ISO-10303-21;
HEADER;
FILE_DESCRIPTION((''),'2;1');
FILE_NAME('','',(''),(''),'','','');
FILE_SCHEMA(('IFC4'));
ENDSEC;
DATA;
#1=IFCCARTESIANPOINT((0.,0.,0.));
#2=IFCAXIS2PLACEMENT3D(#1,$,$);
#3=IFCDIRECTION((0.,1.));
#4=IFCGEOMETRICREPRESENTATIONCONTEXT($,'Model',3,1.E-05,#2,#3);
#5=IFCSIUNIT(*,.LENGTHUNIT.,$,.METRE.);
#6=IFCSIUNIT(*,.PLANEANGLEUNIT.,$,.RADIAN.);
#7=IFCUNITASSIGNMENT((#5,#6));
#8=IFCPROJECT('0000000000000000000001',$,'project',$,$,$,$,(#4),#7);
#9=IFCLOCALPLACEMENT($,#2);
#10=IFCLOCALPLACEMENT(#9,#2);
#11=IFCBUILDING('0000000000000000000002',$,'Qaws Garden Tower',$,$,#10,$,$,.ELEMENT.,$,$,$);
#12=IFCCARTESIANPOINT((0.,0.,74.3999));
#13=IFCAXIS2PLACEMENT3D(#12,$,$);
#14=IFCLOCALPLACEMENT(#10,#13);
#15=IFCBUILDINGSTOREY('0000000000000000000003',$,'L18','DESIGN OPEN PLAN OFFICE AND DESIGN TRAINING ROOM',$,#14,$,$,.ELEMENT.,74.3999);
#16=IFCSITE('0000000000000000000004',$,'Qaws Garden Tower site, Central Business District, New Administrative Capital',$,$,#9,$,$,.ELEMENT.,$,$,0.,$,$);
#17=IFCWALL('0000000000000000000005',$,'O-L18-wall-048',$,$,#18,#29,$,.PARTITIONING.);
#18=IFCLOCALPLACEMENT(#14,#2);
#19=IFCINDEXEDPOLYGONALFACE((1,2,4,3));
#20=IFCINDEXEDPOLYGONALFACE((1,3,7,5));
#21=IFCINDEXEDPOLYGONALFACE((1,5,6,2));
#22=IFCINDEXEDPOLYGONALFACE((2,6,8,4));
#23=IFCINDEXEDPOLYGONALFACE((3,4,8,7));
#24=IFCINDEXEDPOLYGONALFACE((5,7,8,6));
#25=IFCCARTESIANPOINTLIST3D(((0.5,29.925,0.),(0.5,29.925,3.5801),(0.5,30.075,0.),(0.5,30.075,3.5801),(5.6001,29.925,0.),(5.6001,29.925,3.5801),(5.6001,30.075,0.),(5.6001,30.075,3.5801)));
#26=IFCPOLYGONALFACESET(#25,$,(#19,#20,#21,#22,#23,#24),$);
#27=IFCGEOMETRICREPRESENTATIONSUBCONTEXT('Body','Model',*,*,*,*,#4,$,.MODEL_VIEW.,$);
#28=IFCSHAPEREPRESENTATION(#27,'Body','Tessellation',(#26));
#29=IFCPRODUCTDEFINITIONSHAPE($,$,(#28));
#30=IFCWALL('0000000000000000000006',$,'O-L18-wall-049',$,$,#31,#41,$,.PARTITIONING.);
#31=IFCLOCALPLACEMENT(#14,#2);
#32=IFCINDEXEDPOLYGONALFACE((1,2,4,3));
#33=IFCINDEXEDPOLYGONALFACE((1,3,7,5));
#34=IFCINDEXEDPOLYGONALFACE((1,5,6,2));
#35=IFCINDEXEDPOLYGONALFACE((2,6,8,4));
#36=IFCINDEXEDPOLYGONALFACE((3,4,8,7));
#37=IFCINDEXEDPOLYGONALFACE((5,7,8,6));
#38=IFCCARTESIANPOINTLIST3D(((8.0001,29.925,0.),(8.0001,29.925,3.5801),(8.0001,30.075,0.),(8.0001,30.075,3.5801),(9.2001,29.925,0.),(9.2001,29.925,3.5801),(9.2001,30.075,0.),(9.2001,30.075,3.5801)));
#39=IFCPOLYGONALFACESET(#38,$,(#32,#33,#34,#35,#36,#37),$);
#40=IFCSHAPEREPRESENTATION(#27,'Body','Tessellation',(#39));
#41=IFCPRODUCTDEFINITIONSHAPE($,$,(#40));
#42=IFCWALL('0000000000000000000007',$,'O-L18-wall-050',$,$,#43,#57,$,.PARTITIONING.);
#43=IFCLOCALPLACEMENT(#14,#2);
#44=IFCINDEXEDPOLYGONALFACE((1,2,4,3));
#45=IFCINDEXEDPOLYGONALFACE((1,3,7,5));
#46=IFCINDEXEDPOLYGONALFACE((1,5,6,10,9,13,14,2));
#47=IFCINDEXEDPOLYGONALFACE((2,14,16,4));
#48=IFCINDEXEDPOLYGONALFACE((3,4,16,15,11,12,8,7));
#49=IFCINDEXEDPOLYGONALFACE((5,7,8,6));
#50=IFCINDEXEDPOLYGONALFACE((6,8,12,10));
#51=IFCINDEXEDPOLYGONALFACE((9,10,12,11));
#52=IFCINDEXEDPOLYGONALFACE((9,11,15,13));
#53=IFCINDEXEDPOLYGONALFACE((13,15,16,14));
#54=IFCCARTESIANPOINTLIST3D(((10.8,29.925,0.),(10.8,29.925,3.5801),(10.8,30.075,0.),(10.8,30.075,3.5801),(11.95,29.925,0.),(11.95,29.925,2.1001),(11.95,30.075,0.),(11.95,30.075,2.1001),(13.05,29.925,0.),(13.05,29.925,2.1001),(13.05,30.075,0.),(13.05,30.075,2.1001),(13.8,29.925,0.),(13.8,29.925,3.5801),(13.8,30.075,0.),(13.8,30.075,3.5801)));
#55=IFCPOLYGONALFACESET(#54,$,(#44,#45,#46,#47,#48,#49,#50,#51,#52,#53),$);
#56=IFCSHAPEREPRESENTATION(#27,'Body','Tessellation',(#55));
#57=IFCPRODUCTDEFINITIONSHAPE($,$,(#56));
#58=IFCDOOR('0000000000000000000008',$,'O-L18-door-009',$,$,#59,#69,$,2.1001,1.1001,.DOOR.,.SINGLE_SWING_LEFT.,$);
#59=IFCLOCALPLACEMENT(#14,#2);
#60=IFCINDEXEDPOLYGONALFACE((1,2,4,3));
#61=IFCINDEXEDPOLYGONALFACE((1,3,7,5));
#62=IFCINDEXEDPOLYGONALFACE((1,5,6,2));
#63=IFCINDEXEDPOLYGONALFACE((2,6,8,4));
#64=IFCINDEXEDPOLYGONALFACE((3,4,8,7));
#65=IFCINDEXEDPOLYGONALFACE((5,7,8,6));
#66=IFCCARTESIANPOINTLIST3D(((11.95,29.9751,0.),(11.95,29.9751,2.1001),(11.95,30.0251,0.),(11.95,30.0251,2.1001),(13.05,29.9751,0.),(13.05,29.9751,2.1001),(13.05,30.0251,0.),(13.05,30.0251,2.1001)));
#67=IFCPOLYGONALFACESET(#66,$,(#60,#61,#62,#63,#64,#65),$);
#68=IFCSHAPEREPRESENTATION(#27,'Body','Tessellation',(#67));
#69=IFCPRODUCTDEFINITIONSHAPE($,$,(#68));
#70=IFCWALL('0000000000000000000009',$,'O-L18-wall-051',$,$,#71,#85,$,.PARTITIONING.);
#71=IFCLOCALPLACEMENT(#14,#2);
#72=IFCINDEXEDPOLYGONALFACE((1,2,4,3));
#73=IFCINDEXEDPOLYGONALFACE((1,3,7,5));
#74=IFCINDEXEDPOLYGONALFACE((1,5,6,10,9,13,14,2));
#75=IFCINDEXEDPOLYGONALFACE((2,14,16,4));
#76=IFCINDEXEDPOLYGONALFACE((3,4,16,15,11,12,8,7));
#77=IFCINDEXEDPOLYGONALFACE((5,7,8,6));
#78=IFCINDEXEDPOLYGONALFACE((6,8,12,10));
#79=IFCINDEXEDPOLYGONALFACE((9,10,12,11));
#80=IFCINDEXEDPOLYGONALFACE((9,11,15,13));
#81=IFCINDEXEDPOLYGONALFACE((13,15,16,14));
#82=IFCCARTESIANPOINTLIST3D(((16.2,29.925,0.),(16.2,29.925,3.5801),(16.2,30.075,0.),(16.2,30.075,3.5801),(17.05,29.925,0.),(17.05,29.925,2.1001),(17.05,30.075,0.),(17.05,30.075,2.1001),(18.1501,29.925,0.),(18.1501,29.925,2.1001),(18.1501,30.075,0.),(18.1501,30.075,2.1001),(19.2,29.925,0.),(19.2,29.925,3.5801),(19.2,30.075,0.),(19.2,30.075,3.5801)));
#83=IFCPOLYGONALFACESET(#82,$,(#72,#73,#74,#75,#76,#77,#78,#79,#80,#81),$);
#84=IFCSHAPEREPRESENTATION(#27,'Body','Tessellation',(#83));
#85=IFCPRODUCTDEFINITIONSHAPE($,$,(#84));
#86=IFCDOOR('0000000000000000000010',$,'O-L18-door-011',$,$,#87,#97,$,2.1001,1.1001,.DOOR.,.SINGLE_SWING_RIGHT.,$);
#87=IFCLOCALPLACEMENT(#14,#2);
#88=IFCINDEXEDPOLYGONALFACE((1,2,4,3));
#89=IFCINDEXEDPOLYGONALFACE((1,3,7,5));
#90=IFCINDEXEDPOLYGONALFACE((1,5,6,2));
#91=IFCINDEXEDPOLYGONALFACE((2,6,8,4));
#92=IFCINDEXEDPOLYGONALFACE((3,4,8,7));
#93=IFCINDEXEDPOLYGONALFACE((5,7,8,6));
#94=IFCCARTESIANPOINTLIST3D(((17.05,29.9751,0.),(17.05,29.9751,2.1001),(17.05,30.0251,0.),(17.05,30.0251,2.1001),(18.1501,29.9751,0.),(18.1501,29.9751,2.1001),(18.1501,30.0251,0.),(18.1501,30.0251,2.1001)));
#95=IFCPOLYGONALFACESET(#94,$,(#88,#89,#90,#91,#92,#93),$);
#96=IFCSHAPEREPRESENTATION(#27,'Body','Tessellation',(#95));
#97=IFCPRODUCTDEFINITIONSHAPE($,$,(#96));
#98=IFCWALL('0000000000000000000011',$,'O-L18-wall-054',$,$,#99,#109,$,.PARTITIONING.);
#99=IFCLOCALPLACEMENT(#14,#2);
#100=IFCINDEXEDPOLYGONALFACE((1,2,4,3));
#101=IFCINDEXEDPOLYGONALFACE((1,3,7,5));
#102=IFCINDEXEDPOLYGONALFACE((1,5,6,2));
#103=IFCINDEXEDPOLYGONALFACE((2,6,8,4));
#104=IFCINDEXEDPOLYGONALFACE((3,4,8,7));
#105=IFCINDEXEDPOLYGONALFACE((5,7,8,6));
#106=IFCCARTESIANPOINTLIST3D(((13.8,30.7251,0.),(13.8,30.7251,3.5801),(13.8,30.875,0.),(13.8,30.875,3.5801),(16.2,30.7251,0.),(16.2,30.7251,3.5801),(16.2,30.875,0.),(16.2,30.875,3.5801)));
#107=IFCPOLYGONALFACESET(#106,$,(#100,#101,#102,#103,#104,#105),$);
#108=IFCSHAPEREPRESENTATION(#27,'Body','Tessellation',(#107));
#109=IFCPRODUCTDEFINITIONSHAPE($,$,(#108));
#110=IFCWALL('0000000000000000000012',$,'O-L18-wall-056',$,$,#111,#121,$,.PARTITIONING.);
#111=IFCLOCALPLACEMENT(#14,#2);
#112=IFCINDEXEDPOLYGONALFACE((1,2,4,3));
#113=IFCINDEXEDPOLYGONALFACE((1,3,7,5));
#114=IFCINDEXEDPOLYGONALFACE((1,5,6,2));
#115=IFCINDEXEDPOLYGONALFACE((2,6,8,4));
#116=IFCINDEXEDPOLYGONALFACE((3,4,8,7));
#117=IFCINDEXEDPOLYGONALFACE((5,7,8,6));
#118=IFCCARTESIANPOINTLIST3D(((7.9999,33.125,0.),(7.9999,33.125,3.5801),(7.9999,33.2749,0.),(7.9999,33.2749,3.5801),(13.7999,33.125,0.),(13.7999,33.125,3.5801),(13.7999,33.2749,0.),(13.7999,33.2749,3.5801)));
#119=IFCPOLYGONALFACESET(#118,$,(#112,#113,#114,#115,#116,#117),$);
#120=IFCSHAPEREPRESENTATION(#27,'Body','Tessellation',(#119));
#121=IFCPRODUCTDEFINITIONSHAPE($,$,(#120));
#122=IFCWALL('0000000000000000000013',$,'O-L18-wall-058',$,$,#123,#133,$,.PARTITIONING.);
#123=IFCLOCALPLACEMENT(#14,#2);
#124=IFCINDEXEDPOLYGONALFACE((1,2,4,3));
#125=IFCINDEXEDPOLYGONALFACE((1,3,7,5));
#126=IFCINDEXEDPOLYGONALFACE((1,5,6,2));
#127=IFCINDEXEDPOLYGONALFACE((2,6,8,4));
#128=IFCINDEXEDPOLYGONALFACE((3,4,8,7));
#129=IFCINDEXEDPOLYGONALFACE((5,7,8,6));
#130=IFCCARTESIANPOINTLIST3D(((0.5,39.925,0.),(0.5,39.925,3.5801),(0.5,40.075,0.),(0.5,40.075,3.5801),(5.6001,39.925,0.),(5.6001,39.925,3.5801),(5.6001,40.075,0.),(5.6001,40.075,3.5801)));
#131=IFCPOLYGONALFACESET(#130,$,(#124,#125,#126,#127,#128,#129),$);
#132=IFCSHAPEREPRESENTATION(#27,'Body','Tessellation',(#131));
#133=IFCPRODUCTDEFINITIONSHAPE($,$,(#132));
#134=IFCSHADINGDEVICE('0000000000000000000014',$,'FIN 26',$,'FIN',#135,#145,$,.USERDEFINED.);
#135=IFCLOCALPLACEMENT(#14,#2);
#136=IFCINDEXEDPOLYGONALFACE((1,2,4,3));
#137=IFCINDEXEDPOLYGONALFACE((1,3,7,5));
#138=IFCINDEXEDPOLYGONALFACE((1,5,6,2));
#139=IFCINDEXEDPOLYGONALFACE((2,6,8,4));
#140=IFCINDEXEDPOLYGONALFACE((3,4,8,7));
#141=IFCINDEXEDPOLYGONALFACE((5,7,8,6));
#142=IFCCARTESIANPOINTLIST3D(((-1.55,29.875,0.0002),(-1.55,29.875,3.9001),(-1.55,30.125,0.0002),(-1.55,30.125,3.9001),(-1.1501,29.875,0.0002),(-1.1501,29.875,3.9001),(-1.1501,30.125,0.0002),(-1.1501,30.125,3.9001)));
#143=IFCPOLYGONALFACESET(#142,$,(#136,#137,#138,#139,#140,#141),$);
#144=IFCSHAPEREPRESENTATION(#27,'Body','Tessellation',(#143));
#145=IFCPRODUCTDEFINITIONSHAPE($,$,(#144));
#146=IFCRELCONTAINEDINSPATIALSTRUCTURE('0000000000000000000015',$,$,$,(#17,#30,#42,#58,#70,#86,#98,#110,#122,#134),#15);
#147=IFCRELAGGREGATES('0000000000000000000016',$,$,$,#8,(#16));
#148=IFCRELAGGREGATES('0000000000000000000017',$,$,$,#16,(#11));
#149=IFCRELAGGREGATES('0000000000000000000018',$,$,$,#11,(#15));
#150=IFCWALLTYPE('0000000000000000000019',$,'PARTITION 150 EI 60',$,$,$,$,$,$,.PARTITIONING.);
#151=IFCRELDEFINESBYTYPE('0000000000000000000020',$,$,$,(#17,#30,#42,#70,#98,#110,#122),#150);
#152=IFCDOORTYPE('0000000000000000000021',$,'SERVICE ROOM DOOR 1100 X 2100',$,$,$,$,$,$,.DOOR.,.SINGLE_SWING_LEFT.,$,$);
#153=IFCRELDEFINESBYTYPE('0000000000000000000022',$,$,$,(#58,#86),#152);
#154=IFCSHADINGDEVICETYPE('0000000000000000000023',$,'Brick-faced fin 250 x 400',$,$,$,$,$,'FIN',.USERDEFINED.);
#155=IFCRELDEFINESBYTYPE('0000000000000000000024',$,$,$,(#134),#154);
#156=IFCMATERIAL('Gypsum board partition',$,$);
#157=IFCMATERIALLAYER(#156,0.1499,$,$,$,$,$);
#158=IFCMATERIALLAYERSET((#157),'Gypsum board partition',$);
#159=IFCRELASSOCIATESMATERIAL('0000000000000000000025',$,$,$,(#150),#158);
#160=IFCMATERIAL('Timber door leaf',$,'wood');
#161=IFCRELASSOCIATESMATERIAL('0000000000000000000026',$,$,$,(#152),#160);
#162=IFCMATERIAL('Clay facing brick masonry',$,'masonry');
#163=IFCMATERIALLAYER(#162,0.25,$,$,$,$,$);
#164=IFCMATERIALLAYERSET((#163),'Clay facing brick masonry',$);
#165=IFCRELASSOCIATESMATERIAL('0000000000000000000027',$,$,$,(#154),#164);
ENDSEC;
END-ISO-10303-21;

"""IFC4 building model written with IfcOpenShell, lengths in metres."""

from ifc_helpers import new_model, si_unit, direction, frame, frame_2d, origin, origin_2d, place, context, subcontext, project, spatial, rectangle, extrude, material, layer, layer_set, type_object, element, fill, save


model = new_model("IFC4")

# Units and contexts
model_context = context("Model", 3, precision=1e-05, world=origin(), true_north=direction((0.0, 1.0)))
body_context = subcontext(model_context, "Body", "Model", "MODEL_VIEW")
ifc_project = project(units=[si_unit("LENGTHUNIT", "METRE"), si_unit("PLANEANGLEUNIT", "RADIAN")], contexts=[model_context])

# Site, building, storey
site_placement = place(None, origin())
site = spatial("IfcSite", under=ifc_project, at=site_placement, Name="Qaws Garden Tower site, Central Business District, New Administrative Capital", CompositionType="ELEMENT", RefElevation=0.0)
building_placement = place(site_placement, origin())
building = spatial("IfcBuilding", under=site, at=building_placement, Name="Qaws Garden Tower", CompositionType="ELEMENT")
storey_placement = place(building_placement, frame((0.0, 0.0, 74.3999)))
storey = spatial("IfcBuildingStorey", under=building, at=storey_placement, Name="L18", Description="DESIGN OPEN PLAN OFFICE AND DESIGN TRAINING ROOM", CompositionType="ELEMENT", Elevation=74.3999)

# Shared definitions
ifc_material_1 = material(Name="Gypsum board partition")
ifc_layer_1 = layer(ifc_material_1, 0.1499)
ifc_layer_set_1 = layer_set([ifc_layer_1], Name="Gypsum board partition")
wall_type_1 = type_object("IfcWallType", Name="PARTITION 150 EI 60", PredefinedType="PARTITIONING", material=ifc_layer_set_1)

# Walls
wall_1_placement = place(storey_placement, frame((0.5, 30.0, 0.0), z_axis=(0.0, 0.0, 1.0), x_axis=(1.0, 0.0, 0.0)))
element("IfcWall", 1, at=wall_1_placement, inside=storey, type_object=wall_type_1, Name="O-L18-wall-048", PredefinedType="PARTITIONING", context=body_context, shape_type="SweptSolid", body=[
    extrude(rectangle(XDim=5.1001, YDim=0.1499, at=frame_2d((2.55, 0.0))), origin(), (0.0, 0.0, 1.0), 3.5801),
])
wall_2_placement = place(storey_placement, frame((8.0, 30.0, 0.0), z_axis=(0.0, 0.0, 1.0), x_axis=(1.0, 0.0, 0.0)))
element("IfcWall", 2, at=wall_2_placement, inside=storey, type_object=wall_type_1, Name="O-L18-wall-049", PredefinedType="PARTITIONING", context=body_context, shape_type="SweptSolid", body=[
    extrude(rectangle(XDim=1.2, YDim=0.1499, at=frame_2d((0.6001, 0.0))), origin(), (0.0, 0.0, 1.0), 3.5801),
])

# Walls, openings, doors
wall_3_placement = place(storey_placement, frame((10.8, 30.0, 0.0), z_axis=(0.0, 0.0, 1.0), x_axis=(1.0, 0.0, 0.0)))
wall_3 = element("IfcWall", 3, at=wall_3_placement, inside=storey, type_object=wall_type_1, Name="O-L18-wall-050", PredefinedType="PARTITIONING", context=body_context, shape_type="SweptSolid", body=[
    extrude(rectangle(XDim=3.0, YDim=0.1499, at=frame_2d((1.5, 0.0))), origin(), (0.0, 0.0, 1.0), 3.5801),
])
opening_1_placement = place(wall_3_placement, frame((1.1499, 0.0, 0.0)))
opening_1 = element("IfcOpeningElement", 4, at=opening_1_placement, cuts=wall_3, PredefinedType="OPENING", context=body_context, shape_type="SweptSolid", body=[
    extrude(rectangle(XDim=1.1001, YDim=2.1001, at=frame_2d((0.55, 1.05))), frame((0.0, 0.085, 0.0), z_axis=(0.0, -1.0, 0.0), x_axis=(1.0, 0.0, 0.0)), (0.0, 0.0, 1.0), 0.1699),
])
ifc_material_2 = material(Name="Timber door leaf", Category="wood")
door_type_1 = type_object("IfcDoorType", Name="SERVICE ROOM DOOR 1100 X 2100", OperationType="SINGLE_SWING_LEFT", PredefinedType="DOOR", material=ifc_material_2)
door_1_placement = place(opening_1_placement, frame((1.1001, 0.0, 0.0), z_axis=(0.0, 0.0, 1.0), x_axis=(-1.0, 0.0, 0.0)))
door_1 = element("IfcDoor", 5, at=door_1_placement, inside=storey, type_object=door_type_1, Name="O-L18-door-009", OperationType="SINGLE_SWING_LEFT", OverallHeight=2.1001, OverallWidth=1.1001, PredefinedType="DOOR", context=body_context, shape_type="SweptSolid", body=[
    extrude(rectangle(XDim=1.1001, YDim=2.1001, at=frame_2d((0.55, 1.05))), frame((0.0, 0.0249, 0.0), z_axis=(0.0, -1.0, 0.0), x_axis=(1.0, 0.0, 0.0)), (0.0, 0.0, 1.0), 0.05),
])
fill(opening_1, door_1)
wall_4_placement = place(storey_placement, frame((16.2, 30.0, 0.0), z_axis=(0.0, 0.0, 1.0), x_axis=(1.0, 0.0, 0.0)))
wall_4 = element("IfcWall", 6, at=wall_4_placement, inside=storey, type_object=wall_type_1, Name="O-L18-wall-051", PredefinedType="PARTITIONING", context=body_context, shape_type="SweptSolid", body=[
    extrude(rectangle(XDim=3.0, YDim=0.1499, at=frame_2d((1.5, 0.0))), origin(), (0.0, 0.0, 1.0), 3.5801),
])
opening_2_placement = place(wall_4_placement, frame((0.8501, 0.0, 0.0)))
opening_2 = element("IfcOpeningElement", 7, at=opening_2_placement, cuts=wall_4, PredefinedType="OPENING", context=body_context, shape_type="SweptSolid", body=[
    extrude(rectangle(XDim=1.1001, YDim=2.1001, at=frame_2d((0.55, 1.05))), frame((0.0, 0.085, 0.0), z_axis=(0.0, -1.0, 0.0), x_axis=(1.0, 0.0, 0.0)), (0.0, 0.0, 1.0), 0.1699),
])
door_2_placement = place(opening_2_placement, frame((1.1001, 0.0, 0.0), z_axis=(0.0, 0.0, 1.0), x_axis=(-1.0, 0.0, 0.0)))
door_2 = element("IfcDoor", 8, at=door_2_placement, inside=storey, type_object=door_type_1, Name="O-L18-door-011", OperationType="SINGLE_SWING_RIGHT", OverallHeight=2.1001, OverallWidth=1.1001, PredefinedType="DOOR", context=body_context, shape_type="SweptSolid", body=[
    extrude(rectangle(XDim=1.1001, YDim=2.1001, at=frame_2d((0.55, 1.05))), frame((0.0, 0.0249, 0.0), z_axis=(0.0, -1.0, 0.0), x_axis=(1.0, 0.0, 0.0)), (0.0, 0.0, 1.0), 0.05),
])
fill(opening_2, door_2)

# Walls
wall_5_placement = place(storey_placement, frame((13.8, 30.8, 0.0), z_axis=(0.0, 0.0, 1.0), x_axis=(1.0, 0.0, 0.0)))
element("IfcWall", 9, at=wall_5_placement, inside=storey, type_object=wall_type_1, Name="O-L18-wall-054", PredefinedType="PARTITIONING", context=body_context, shape_type="SweptSolid", body=[
    extrude(rectangle(XDim=2.3999, YDim=0.1499, at=frame_2d((1.2, 0.0))), origin(), (0.0, 0.0, 1.0), 3.5801),
])
wall_6_placement = place(storey_placement, frame((8.0, 33.2, 0.0), z_axis=(0.0, 0.0, 1.0), x_axis=(1.0, 0.0, 0.0)))
element("IfcWall", 10, at=wall_6_placement, inside=storey, type_object=wall_type_1, Name="O-L18-wall-056", PredefinedType="PARTITIONING", context=body_context, shape_type="SweptSolid", body=[
    extrude(rectangle(XDim=5.8, YDim=0.1499, at=frame_2d((2.8999, 0.0))), origin(), (0.0, 0.0, 1.0), 3.5801),
])
wall_7_placement = place(storey_placement, frame((0.5, 40.0, 0.0), z_axis=(0.0, 0.0, 1.0), x_axis=(1.0, 0.0, 0.0)))
element("IfcWall", 11, at=wall_7_placement, inside=storey, type_object=wall_type_1, Name="O-L18-wall-058", PredefinedType="PARTITIONING", context=body_context, shape_type="SweptSolid", body=[
    extrude(rectangle(XDim=5.1001, YDim=0.1499, at=frame_2d((2.55, 0.0))), origin(), (0.0, 0.0, 1.0), 3.5801),
])

# Shading device
ifc_material_3 = material(Name="Clay facing brick masonry", Category="masonry")
ifc_layer_2 = layer(ifc_material_3, 0.25)
ifc_layer_set_2 = layer_set([ifc_layer_2], Name="Clay facing brick masonry")
shading_device_type = type_object("IfcShadingDeviceType", Name="Brick-faced fin 250 x 400", ElementType="FIN", PredefinedType="USERDEFINED", material=ifc_layer_set_2)
shading_device_placement = place(storey_placement, frame((-1.3501, 30.0, 0.0002), z_axis=(0.0, 0.0, 1.0), x_axis=(0.0, -1.0, 0.0)))
element("IfcShadingDevice", 12, at=shading_device_placement, inside=storey, type_object=shading_device_type, Name="FIN 26", ObjectType="FIN", PredefinedType="USERDEFINED", context=body_context, shape_type="SweptSolid", body=[
    extrude(rectangle(XDim=0.25, YDim=0.3999, at=origin_2d()), origin(), (0.0, 0.0, 1.0), 3.8999),
])

save(model, "model.ifc")
